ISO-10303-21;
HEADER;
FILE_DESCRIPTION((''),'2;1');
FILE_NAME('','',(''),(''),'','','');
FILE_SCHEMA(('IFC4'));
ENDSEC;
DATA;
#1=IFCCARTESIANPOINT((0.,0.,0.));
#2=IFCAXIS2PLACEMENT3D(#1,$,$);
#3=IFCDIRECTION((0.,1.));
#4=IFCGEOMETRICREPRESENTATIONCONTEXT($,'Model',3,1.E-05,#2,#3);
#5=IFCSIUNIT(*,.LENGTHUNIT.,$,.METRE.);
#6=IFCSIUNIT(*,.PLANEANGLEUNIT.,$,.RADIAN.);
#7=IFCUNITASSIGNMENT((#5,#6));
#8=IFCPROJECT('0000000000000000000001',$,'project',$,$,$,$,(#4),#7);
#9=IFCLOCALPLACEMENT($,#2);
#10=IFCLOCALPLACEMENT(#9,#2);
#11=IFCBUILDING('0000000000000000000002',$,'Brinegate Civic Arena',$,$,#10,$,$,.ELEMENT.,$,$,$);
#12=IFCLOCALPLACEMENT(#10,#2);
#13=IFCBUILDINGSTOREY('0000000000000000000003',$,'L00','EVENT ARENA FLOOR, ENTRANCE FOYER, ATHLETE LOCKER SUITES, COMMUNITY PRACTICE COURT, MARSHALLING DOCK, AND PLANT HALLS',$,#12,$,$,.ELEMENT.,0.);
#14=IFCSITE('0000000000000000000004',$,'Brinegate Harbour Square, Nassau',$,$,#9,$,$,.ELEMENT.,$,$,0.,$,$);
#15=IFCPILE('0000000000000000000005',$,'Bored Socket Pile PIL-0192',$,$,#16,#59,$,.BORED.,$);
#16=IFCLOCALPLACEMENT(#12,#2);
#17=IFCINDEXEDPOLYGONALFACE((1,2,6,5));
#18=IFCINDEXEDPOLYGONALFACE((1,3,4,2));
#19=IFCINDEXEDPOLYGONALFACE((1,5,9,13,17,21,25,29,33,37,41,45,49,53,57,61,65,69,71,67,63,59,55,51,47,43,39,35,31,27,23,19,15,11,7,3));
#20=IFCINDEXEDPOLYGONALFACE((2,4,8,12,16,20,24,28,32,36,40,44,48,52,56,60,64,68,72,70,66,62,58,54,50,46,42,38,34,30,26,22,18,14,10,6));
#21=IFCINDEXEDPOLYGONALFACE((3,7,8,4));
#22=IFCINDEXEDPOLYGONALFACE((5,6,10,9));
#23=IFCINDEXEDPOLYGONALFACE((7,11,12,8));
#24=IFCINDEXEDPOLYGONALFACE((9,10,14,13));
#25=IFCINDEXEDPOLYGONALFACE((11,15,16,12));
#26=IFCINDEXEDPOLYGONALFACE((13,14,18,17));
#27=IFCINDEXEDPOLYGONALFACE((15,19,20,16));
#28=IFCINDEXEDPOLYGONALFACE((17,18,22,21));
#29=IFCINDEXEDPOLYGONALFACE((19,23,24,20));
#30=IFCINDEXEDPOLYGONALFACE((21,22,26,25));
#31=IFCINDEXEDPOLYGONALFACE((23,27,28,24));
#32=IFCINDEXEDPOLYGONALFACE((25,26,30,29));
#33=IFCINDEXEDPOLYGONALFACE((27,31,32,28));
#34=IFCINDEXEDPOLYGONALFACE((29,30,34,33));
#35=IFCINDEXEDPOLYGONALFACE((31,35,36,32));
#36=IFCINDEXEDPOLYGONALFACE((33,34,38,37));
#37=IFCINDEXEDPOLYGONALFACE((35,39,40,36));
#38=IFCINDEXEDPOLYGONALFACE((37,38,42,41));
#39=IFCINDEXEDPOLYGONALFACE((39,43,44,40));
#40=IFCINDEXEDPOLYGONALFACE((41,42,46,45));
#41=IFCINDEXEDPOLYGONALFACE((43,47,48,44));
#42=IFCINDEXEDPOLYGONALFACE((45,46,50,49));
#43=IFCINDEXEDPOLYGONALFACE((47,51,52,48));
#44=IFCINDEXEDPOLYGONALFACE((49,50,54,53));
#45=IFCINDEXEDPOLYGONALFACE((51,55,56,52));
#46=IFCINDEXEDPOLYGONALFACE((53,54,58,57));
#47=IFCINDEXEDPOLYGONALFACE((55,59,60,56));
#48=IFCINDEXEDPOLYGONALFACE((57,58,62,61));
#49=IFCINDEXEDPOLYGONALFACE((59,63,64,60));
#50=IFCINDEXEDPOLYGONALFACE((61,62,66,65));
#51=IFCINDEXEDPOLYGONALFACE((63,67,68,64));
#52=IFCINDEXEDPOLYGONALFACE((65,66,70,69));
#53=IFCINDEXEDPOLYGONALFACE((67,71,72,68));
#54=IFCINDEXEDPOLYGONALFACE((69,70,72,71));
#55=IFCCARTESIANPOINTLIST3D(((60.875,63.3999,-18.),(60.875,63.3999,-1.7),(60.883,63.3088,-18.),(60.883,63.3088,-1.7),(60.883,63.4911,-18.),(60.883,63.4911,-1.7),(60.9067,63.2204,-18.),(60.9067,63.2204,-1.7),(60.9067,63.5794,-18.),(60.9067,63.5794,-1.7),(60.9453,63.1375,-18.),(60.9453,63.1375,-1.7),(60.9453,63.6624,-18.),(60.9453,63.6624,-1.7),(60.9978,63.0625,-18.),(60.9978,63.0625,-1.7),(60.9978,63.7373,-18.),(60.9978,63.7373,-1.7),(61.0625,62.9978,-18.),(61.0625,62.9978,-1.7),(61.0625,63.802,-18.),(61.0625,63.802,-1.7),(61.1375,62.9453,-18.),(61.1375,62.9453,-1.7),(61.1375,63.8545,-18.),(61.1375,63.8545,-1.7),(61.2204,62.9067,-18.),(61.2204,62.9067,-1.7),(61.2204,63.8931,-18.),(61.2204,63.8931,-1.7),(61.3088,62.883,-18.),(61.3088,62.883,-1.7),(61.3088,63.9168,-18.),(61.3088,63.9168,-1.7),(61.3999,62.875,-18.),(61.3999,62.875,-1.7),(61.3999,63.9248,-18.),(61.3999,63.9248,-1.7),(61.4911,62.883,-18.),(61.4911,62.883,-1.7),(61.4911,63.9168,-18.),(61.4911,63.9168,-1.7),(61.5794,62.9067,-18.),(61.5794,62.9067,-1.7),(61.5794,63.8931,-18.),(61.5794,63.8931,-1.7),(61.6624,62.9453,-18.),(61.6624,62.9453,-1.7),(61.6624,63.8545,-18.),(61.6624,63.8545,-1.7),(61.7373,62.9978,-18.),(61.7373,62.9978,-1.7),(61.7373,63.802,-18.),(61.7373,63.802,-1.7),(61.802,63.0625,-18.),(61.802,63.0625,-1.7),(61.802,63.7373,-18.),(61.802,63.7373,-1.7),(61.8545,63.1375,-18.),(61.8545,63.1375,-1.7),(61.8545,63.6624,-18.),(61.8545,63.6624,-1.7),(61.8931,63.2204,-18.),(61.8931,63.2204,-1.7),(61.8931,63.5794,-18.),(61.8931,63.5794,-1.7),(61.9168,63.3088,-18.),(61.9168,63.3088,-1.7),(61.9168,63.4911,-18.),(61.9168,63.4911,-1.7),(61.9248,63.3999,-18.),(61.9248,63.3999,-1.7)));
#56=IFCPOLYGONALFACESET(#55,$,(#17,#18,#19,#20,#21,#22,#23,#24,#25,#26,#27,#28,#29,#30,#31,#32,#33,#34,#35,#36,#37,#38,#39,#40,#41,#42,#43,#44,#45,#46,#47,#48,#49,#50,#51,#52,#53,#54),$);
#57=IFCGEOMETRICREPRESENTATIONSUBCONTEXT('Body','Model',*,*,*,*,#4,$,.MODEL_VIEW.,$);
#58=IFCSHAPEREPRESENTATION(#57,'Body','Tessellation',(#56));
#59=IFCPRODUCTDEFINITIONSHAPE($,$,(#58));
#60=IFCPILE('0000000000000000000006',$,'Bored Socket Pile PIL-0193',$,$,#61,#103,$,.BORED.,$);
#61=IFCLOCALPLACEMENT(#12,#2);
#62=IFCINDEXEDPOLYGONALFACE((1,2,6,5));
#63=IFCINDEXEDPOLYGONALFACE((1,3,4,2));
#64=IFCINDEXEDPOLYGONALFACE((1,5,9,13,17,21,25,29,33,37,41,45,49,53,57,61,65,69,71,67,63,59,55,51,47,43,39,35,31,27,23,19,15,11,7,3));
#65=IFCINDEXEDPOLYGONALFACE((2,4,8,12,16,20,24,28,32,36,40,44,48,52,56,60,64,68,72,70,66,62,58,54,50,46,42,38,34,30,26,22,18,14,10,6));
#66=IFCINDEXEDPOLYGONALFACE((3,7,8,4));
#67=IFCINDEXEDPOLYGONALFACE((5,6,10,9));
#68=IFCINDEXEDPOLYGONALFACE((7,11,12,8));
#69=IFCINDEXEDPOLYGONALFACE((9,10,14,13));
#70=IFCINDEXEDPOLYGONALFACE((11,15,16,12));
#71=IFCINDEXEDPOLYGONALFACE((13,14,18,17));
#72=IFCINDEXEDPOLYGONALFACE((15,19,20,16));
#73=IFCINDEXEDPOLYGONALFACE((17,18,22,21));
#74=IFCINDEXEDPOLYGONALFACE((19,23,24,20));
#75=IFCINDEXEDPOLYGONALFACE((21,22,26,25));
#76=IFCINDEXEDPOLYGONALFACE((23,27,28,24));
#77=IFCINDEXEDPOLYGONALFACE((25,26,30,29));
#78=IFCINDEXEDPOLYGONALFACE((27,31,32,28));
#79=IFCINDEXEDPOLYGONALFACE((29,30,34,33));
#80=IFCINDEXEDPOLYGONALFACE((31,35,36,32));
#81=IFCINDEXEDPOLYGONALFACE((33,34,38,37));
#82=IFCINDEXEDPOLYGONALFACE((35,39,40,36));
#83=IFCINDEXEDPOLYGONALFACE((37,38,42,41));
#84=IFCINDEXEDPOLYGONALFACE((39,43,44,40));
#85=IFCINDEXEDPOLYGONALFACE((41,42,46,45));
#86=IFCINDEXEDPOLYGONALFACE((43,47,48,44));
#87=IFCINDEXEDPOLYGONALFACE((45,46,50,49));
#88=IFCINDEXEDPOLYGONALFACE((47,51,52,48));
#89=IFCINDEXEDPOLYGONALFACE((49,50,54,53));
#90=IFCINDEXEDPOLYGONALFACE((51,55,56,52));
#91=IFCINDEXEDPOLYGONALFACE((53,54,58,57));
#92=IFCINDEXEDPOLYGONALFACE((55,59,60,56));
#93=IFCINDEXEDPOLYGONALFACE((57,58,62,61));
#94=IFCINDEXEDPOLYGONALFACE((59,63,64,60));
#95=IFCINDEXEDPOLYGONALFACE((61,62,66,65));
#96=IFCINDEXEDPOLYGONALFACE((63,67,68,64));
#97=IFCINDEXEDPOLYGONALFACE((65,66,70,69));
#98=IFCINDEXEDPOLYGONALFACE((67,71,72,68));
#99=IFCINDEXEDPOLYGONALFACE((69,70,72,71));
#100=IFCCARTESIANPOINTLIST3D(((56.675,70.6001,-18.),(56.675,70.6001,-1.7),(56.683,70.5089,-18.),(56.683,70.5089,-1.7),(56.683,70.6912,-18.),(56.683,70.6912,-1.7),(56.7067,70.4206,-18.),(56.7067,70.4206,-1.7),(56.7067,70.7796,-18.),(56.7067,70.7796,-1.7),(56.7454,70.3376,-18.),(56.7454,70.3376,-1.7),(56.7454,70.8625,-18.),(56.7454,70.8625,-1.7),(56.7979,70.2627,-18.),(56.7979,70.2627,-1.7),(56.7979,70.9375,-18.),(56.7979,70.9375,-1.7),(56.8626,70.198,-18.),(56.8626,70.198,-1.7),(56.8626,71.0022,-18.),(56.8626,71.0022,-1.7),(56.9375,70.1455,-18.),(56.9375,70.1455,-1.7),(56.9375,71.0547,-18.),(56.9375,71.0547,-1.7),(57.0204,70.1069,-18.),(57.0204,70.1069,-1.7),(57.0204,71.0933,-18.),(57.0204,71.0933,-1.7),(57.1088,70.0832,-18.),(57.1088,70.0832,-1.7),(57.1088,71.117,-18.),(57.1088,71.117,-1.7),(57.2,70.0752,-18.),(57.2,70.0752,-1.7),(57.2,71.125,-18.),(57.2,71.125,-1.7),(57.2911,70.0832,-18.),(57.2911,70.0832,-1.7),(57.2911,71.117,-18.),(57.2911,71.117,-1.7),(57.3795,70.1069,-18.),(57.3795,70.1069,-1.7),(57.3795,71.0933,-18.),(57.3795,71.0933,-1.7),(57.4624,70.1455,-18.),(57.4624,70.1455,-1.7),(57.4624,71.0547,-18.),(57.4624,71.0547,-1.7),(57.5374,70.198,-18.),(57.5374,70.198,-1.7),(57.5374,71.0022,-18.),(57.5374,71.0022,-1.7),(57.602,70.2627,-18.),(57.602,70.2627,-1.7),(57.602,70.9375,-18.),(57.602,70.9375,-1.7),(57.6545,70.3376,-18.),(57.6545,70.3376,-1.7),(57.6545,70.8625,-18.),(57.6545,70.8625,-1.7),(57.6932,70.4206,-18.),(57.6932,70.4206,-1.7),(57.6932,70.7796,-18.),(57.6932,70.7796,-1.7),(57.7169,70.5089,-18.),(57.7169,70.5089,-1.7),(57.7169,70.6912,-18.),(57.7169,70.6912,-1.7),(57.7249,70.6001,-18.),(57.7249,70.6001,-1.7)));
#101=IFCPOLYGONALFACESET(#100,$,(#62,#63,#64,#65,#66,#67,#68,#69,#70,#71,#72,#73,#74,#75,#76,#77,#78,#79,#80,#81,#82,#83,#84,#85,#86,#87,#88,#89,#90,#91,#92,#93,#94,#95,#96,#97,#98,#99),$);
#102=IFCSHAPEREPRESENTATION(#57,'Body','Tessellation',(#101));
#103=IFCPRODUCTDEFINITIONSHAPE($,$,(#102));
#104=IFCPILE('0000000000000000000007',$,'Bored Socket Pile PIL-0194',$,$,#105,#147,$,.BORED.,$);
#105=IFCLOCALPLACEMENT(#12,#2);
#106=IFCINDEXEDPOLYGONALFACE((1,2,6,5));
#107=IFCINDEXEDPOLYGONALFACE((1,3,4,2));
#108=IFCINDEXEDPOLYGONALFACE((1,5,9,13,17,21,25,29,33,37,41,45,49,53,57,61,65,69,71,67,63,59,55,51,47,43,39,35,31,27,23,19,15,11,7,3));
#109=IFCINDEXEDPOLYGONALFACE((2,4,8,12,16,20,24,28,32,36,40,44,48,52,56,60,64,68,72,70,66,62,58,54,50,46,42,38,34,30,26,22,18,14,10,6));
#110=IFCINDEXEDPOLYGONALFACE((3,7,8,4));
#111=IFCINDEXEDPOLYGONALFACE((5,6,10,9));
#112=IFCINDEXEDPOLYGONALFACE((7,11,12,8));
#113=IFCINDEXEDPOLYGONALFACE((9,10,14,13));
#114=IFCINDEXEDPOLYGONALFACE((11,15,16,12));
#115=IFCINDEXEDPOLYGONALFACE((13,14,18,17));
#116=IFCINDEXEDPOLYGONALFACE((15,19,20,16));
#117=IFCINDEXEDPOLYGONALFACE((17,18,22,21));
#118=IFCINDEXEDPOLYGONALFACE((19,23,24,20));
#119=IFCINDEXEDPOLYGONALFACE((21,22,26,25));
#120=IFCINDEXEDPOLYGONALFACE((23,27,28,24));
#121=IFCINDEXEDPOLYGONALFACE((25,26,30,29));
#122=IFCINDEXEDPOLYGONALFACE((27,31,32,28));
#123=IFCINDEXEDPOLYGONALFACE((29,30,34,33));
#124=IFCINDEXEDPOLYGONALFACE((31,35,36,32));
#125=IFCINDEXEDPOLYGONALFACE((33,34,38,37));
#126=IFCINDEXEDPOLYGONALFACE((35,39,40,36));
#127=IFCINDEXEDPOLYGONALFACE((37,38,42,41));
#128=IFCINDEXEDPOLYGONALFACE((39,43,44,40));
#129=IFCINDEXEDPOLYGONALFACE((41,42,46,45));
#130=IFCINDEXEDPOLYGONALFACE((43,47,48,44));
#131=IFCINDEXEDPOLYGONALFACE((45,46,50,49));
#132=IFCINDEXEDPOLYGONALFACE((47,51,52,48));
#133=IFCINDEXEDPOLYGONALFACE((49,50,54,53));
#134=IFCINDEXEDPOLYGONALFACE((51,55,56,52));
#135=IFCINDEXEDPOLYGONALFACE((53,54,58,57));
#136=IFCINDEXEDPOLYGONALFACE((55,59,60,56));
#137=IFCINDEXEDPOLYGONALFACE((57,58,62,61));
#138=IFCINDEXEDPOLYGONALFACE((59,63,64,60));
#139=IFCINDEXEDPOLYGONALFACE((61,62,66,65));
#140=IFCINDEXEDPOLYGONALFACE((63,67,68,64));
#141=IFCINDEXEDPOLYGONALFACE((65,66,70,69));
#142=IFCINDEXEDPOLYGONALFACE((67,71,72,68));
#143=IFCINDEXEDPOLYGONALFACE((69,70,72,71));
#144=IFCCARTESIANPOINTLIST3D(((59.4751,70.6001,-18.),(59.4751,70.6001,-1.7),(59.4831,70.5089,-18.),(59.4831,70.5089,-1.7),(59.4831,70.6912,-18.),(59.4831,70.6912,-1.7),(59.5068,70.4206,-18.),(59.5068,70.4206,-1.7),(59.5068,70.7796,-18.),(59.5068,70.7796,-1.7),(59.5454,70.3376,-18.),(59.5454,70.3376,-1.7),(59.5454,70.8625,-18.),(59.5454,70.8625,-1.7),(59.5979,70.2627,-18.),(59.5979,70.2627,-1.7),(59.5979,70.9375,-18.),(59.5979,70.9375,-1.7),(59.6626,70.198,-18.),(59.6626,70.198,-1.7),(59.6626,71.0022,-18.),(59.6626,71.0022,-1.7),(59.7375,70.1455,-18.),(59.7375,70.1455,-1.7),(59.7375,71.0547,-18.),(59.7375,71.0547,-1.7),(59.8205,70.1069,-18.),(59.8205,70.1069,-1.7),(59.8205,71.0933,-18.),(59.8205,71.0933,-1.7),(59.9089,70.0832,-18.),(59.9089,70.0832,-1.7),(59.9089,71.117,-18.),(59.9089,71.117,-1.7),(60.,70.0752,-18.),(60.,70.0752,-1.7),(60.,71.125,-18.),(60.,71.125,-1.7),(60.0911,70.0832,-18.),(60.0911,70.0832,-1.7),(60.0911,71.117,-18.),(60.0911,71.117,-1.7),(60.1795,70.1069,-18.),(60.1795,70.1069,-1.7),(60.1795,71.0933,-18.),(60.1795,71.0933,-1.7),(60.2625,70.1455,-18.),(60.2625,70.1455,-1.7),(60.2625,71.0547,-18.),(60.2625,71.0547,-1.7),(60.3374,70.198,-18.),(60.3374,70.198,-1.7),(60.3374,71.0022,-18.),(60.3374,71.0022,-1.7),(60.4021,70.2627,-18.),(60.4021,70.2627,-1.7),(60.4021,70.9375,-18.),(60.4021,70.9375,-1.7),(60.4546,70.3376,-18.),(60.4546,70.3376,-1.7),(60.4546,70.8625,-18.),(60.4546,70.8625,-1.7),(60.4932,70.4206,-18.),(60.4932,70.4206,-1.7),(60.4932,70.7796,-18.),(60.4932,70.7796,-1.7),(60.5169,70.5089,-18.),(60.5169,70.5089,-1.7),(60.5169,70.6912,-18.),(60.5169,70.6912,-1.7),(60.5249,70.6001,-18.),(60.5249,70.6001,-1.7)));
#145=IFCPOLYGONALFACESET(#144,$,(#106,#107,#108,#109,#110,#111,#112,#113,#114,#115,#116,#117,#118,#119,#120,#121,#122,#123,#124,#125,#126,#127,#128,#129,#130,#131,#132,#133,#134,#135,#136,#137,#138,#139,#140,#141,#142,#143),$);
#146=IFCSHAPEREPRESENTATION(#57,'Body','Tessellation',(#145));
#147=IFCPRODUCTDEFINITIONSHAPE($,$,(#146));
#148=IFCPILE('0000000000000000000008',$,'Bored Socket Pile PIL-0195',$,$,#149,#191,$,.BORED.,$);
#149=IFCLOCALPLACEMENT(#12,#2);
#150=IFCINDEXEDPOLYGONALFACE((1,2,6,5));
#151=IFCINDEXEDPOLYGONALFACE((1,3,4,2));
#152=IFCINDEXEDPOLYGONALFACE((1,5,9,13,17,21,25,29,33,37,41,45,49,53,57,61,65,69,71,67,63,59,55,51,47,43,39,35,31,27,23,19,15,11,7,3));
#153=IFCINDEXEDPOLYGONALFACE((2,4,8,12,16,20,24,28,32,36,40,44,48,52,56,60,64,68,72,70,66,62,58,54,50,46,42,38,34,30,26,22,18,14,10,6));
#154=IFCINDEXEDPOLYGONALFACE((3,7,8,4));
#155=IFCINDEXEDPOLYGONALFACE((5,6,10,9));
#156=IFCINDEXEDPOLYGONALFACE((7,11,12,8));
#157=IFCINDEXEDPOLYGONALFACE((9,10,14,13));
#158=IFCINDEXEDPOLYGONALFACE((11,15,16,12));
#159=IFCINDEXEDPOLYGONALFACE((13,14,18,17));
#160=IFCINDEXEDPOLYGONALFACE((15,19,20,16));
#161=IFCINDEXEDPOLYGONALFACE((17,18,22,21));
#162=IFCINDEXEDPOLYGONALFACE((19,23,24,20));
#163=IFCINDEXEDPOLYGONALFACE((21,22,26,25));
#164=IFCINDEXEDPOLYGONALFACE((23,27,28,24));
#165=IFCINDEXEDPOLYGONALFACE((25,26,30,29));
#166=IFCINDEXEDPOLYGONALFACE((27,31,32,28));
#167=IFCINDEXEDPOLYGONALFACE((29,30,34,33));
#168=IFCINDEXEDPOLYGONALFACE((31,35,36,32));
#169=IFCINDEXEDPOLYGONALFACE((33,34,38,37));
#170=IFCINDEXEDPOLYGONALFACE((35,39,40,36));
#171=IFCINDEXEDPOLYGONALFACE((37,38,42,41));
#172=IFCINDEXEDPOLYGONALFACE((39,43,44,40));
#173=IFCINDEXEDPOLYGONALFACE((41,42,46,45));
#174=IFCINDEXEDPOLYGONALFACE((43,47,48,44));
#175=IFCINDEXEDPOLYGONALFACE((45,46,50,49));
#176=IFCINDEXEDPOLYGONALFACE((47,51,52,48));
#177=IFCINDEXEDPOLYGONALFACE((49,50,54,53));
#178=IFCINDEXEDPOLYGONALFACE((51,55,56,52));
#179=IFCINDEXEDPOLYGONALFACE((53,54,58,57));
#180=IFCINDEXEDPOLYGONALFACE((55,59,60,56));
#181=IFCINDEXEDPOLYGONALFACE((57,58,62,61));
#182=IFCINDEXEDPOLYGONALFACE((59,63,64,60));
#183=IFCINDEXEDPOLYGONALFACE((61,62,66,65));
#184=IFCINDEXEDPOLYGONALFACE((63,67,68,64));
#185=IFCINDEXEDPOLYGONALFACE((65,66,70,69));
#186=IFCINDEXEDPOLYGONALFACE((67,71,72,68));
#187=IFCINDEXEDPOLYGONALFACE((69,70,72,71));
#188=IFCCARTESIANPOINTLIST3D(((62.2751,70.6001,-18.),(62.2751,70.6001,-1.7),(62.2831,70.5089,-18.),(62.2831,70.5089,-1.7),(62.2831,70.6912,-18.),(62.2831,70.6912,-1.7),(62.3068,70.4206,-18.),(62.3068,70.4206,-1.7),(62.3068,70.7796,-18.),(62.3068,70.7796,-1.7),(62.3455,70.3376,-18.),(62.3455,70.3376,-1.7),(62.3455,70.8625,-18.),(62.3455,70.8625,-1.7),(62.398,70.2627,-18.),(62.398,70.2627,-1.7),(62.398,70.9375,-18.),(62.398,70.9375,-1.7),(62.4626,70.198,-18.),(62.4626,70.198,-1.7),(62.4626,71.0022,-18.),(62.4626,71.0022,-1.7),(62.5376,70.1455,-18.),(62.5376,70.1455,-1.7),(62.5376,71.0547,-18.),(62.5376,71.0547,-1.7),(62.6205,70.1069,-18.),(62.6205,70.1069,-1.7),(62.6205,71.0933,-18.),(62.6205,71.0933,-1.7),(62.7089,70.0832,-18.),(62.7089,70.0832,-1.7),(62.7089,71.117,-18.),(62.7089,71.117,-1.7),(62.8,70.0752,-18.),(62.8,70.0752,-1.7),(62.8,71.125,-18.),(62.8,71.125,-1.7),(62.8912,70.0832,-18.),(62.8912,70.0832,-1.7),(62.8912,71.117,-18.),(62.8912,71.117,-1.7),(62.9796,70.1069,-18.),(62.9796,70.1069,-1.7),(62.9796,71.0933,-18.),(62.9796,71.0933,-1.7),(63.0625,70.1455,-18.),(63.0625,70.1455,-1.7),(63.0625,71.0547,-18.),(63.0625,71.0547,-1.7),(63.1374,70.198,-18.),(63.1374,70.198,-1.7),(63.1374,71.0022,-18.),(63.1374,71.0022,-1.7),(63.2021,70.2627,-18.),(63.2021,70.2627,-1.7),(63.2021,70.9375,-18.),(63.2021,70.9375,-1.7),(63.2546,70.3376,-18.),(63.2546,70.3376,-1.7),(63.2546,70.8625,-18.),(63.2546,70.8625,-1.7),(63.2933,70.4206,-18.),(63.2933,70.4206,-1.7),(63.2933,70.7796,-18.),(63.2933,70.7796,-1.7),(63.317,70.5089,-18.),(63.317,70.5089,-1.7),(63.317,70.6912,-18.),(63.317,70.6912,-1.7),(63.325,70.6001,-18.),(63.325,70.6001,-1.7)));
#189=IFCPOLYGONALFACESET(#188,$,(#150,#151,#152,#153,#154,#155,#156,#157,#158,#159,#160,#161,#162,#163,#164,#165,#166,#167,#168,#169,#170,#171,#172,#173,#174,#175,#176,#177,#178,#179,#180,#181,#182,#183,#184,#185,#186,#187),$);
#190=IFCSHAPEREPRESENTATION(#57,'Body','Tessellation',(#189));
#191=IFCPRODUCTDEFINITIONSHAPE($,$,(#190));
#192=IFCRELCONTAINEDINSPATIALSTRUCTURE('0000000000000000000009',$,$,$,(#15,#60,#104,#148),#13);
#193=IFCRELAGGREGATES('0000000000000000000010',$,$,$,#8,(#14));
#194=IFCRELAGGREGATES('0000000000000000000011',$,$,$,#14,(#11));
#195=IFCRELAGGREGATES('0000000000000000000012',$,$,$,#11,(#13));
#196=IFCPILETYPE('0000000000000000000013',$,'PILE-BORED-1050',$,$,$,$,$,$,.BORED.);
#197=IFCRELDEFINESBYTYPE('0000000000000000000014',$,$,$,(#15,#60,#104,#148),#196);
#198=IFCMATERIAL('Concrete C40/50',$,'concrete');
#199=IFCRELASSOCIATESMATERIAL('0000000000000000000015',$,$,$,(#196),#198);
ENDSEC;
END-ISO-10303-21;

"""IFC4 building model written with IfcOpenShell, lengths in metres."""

from ifc_helpers import new_model, si_unit, direction, frame, origin, origin_2d, place, context, subcontext, project, spatial, circle, extrude, material, material_profile, profile_set, type_object, element, save


model = new_model("IFC4")

# Units and contexts
model_context = context("Model", 3, precision=1e-05, world=origin(), true_north=direction((0.0, 1.0)))
body_context = subcontext(model_context, "Body", "Model", "MODEL_VIEW")
ifc_project = project(units=[si_unit("LENGTHUNIT", "METRE"), si_unit("PLANEANGLEUNIT", "RADIAN")], contexts=[model_context])

# Site, building, storey
site_placement = place(None, origin())
site = spatial("IfcSite", under=ifc_project, at=site_placement, Name="Brinegate Harbour Square, Nassau", CompositionType="ELEMENT", RefElevation=0.0)
building_placement = place(site_placement, origin())
building = spatial("IfcBuilding", under=site, at=building_placement, Name="Brinegate Civic Arena", CompositionType="ELEMENT")
storey_placement = place(building_placement, origin())
storey = spatial("IfcBuildingStorey", under=building, at=storey_placement, Name="L00", Description="EVENT ARENA FLOOR, ENTRANCE FOYER, ATHLETE LOCKER SUITES, COMMUNITY PRACTICE COURT, MARSHALLING DOCK, AND PLANT HALLS", CompositionType="ELEMENT", Elevation=0.0)

# Shared definitions
ifc_material_1 = material(Name="Concrete C40/50", Category="concrete")

# Piles
ifc_material_profile_1 = material_profile(ifc_material_1, circle(Radius=0.5249, at=origin_2d()), Name="PILED1050")
ifc_profile_set_1 = profile_set([ifc_material_profile_1], Name="Concrete C40/50")
pile_type = type_object("IfcPileType", Name="PILE-BORED-1050", PredefinedType="BORED", material=ifc_profile_set_1)
for number, where, z_axis, x_axis, name in (
    (1, (61.3999, 63.3999, -1.7), (0.0, 0.0, -1.0), (1.0, 0.0, 0.0), "Bored Socket Pile PIL-0192"),
    (2, (57.2, 70.6001, -1.7), (0.0, 0.0, -1.0), (1.0, 0.0, 0.0), "Bored Socket Pile PIL-0193"),
    (3, (60.0, 70.6001, -1.7), (0.0, 0.0, -1.0), (1.0, 0.0, 0.0), "Bored Socket Pile PIL-0194"),
    (4, (62.8, 70.6001, -1.7), (0.0, 0.0, -1.0), (1.0, 0.0, 0.0), "Bored Socket Pile PIL-0195"),
):
    element("IfcPile", number, at=place(storey_placement, frame(where, z_axis=z_axis, x_axis=x_axis)), inside=storey, type_object=pile_type, Name=name, PredefinedType="BORED", context=body_context, shape_type="SweptSolid", body=[
        extrude(circle(Radius=0.5249, at=origin_2d()), origin(), (0.0, 0.0, 1.0), 16.3),
    ])

save(model, "model.ifc")
